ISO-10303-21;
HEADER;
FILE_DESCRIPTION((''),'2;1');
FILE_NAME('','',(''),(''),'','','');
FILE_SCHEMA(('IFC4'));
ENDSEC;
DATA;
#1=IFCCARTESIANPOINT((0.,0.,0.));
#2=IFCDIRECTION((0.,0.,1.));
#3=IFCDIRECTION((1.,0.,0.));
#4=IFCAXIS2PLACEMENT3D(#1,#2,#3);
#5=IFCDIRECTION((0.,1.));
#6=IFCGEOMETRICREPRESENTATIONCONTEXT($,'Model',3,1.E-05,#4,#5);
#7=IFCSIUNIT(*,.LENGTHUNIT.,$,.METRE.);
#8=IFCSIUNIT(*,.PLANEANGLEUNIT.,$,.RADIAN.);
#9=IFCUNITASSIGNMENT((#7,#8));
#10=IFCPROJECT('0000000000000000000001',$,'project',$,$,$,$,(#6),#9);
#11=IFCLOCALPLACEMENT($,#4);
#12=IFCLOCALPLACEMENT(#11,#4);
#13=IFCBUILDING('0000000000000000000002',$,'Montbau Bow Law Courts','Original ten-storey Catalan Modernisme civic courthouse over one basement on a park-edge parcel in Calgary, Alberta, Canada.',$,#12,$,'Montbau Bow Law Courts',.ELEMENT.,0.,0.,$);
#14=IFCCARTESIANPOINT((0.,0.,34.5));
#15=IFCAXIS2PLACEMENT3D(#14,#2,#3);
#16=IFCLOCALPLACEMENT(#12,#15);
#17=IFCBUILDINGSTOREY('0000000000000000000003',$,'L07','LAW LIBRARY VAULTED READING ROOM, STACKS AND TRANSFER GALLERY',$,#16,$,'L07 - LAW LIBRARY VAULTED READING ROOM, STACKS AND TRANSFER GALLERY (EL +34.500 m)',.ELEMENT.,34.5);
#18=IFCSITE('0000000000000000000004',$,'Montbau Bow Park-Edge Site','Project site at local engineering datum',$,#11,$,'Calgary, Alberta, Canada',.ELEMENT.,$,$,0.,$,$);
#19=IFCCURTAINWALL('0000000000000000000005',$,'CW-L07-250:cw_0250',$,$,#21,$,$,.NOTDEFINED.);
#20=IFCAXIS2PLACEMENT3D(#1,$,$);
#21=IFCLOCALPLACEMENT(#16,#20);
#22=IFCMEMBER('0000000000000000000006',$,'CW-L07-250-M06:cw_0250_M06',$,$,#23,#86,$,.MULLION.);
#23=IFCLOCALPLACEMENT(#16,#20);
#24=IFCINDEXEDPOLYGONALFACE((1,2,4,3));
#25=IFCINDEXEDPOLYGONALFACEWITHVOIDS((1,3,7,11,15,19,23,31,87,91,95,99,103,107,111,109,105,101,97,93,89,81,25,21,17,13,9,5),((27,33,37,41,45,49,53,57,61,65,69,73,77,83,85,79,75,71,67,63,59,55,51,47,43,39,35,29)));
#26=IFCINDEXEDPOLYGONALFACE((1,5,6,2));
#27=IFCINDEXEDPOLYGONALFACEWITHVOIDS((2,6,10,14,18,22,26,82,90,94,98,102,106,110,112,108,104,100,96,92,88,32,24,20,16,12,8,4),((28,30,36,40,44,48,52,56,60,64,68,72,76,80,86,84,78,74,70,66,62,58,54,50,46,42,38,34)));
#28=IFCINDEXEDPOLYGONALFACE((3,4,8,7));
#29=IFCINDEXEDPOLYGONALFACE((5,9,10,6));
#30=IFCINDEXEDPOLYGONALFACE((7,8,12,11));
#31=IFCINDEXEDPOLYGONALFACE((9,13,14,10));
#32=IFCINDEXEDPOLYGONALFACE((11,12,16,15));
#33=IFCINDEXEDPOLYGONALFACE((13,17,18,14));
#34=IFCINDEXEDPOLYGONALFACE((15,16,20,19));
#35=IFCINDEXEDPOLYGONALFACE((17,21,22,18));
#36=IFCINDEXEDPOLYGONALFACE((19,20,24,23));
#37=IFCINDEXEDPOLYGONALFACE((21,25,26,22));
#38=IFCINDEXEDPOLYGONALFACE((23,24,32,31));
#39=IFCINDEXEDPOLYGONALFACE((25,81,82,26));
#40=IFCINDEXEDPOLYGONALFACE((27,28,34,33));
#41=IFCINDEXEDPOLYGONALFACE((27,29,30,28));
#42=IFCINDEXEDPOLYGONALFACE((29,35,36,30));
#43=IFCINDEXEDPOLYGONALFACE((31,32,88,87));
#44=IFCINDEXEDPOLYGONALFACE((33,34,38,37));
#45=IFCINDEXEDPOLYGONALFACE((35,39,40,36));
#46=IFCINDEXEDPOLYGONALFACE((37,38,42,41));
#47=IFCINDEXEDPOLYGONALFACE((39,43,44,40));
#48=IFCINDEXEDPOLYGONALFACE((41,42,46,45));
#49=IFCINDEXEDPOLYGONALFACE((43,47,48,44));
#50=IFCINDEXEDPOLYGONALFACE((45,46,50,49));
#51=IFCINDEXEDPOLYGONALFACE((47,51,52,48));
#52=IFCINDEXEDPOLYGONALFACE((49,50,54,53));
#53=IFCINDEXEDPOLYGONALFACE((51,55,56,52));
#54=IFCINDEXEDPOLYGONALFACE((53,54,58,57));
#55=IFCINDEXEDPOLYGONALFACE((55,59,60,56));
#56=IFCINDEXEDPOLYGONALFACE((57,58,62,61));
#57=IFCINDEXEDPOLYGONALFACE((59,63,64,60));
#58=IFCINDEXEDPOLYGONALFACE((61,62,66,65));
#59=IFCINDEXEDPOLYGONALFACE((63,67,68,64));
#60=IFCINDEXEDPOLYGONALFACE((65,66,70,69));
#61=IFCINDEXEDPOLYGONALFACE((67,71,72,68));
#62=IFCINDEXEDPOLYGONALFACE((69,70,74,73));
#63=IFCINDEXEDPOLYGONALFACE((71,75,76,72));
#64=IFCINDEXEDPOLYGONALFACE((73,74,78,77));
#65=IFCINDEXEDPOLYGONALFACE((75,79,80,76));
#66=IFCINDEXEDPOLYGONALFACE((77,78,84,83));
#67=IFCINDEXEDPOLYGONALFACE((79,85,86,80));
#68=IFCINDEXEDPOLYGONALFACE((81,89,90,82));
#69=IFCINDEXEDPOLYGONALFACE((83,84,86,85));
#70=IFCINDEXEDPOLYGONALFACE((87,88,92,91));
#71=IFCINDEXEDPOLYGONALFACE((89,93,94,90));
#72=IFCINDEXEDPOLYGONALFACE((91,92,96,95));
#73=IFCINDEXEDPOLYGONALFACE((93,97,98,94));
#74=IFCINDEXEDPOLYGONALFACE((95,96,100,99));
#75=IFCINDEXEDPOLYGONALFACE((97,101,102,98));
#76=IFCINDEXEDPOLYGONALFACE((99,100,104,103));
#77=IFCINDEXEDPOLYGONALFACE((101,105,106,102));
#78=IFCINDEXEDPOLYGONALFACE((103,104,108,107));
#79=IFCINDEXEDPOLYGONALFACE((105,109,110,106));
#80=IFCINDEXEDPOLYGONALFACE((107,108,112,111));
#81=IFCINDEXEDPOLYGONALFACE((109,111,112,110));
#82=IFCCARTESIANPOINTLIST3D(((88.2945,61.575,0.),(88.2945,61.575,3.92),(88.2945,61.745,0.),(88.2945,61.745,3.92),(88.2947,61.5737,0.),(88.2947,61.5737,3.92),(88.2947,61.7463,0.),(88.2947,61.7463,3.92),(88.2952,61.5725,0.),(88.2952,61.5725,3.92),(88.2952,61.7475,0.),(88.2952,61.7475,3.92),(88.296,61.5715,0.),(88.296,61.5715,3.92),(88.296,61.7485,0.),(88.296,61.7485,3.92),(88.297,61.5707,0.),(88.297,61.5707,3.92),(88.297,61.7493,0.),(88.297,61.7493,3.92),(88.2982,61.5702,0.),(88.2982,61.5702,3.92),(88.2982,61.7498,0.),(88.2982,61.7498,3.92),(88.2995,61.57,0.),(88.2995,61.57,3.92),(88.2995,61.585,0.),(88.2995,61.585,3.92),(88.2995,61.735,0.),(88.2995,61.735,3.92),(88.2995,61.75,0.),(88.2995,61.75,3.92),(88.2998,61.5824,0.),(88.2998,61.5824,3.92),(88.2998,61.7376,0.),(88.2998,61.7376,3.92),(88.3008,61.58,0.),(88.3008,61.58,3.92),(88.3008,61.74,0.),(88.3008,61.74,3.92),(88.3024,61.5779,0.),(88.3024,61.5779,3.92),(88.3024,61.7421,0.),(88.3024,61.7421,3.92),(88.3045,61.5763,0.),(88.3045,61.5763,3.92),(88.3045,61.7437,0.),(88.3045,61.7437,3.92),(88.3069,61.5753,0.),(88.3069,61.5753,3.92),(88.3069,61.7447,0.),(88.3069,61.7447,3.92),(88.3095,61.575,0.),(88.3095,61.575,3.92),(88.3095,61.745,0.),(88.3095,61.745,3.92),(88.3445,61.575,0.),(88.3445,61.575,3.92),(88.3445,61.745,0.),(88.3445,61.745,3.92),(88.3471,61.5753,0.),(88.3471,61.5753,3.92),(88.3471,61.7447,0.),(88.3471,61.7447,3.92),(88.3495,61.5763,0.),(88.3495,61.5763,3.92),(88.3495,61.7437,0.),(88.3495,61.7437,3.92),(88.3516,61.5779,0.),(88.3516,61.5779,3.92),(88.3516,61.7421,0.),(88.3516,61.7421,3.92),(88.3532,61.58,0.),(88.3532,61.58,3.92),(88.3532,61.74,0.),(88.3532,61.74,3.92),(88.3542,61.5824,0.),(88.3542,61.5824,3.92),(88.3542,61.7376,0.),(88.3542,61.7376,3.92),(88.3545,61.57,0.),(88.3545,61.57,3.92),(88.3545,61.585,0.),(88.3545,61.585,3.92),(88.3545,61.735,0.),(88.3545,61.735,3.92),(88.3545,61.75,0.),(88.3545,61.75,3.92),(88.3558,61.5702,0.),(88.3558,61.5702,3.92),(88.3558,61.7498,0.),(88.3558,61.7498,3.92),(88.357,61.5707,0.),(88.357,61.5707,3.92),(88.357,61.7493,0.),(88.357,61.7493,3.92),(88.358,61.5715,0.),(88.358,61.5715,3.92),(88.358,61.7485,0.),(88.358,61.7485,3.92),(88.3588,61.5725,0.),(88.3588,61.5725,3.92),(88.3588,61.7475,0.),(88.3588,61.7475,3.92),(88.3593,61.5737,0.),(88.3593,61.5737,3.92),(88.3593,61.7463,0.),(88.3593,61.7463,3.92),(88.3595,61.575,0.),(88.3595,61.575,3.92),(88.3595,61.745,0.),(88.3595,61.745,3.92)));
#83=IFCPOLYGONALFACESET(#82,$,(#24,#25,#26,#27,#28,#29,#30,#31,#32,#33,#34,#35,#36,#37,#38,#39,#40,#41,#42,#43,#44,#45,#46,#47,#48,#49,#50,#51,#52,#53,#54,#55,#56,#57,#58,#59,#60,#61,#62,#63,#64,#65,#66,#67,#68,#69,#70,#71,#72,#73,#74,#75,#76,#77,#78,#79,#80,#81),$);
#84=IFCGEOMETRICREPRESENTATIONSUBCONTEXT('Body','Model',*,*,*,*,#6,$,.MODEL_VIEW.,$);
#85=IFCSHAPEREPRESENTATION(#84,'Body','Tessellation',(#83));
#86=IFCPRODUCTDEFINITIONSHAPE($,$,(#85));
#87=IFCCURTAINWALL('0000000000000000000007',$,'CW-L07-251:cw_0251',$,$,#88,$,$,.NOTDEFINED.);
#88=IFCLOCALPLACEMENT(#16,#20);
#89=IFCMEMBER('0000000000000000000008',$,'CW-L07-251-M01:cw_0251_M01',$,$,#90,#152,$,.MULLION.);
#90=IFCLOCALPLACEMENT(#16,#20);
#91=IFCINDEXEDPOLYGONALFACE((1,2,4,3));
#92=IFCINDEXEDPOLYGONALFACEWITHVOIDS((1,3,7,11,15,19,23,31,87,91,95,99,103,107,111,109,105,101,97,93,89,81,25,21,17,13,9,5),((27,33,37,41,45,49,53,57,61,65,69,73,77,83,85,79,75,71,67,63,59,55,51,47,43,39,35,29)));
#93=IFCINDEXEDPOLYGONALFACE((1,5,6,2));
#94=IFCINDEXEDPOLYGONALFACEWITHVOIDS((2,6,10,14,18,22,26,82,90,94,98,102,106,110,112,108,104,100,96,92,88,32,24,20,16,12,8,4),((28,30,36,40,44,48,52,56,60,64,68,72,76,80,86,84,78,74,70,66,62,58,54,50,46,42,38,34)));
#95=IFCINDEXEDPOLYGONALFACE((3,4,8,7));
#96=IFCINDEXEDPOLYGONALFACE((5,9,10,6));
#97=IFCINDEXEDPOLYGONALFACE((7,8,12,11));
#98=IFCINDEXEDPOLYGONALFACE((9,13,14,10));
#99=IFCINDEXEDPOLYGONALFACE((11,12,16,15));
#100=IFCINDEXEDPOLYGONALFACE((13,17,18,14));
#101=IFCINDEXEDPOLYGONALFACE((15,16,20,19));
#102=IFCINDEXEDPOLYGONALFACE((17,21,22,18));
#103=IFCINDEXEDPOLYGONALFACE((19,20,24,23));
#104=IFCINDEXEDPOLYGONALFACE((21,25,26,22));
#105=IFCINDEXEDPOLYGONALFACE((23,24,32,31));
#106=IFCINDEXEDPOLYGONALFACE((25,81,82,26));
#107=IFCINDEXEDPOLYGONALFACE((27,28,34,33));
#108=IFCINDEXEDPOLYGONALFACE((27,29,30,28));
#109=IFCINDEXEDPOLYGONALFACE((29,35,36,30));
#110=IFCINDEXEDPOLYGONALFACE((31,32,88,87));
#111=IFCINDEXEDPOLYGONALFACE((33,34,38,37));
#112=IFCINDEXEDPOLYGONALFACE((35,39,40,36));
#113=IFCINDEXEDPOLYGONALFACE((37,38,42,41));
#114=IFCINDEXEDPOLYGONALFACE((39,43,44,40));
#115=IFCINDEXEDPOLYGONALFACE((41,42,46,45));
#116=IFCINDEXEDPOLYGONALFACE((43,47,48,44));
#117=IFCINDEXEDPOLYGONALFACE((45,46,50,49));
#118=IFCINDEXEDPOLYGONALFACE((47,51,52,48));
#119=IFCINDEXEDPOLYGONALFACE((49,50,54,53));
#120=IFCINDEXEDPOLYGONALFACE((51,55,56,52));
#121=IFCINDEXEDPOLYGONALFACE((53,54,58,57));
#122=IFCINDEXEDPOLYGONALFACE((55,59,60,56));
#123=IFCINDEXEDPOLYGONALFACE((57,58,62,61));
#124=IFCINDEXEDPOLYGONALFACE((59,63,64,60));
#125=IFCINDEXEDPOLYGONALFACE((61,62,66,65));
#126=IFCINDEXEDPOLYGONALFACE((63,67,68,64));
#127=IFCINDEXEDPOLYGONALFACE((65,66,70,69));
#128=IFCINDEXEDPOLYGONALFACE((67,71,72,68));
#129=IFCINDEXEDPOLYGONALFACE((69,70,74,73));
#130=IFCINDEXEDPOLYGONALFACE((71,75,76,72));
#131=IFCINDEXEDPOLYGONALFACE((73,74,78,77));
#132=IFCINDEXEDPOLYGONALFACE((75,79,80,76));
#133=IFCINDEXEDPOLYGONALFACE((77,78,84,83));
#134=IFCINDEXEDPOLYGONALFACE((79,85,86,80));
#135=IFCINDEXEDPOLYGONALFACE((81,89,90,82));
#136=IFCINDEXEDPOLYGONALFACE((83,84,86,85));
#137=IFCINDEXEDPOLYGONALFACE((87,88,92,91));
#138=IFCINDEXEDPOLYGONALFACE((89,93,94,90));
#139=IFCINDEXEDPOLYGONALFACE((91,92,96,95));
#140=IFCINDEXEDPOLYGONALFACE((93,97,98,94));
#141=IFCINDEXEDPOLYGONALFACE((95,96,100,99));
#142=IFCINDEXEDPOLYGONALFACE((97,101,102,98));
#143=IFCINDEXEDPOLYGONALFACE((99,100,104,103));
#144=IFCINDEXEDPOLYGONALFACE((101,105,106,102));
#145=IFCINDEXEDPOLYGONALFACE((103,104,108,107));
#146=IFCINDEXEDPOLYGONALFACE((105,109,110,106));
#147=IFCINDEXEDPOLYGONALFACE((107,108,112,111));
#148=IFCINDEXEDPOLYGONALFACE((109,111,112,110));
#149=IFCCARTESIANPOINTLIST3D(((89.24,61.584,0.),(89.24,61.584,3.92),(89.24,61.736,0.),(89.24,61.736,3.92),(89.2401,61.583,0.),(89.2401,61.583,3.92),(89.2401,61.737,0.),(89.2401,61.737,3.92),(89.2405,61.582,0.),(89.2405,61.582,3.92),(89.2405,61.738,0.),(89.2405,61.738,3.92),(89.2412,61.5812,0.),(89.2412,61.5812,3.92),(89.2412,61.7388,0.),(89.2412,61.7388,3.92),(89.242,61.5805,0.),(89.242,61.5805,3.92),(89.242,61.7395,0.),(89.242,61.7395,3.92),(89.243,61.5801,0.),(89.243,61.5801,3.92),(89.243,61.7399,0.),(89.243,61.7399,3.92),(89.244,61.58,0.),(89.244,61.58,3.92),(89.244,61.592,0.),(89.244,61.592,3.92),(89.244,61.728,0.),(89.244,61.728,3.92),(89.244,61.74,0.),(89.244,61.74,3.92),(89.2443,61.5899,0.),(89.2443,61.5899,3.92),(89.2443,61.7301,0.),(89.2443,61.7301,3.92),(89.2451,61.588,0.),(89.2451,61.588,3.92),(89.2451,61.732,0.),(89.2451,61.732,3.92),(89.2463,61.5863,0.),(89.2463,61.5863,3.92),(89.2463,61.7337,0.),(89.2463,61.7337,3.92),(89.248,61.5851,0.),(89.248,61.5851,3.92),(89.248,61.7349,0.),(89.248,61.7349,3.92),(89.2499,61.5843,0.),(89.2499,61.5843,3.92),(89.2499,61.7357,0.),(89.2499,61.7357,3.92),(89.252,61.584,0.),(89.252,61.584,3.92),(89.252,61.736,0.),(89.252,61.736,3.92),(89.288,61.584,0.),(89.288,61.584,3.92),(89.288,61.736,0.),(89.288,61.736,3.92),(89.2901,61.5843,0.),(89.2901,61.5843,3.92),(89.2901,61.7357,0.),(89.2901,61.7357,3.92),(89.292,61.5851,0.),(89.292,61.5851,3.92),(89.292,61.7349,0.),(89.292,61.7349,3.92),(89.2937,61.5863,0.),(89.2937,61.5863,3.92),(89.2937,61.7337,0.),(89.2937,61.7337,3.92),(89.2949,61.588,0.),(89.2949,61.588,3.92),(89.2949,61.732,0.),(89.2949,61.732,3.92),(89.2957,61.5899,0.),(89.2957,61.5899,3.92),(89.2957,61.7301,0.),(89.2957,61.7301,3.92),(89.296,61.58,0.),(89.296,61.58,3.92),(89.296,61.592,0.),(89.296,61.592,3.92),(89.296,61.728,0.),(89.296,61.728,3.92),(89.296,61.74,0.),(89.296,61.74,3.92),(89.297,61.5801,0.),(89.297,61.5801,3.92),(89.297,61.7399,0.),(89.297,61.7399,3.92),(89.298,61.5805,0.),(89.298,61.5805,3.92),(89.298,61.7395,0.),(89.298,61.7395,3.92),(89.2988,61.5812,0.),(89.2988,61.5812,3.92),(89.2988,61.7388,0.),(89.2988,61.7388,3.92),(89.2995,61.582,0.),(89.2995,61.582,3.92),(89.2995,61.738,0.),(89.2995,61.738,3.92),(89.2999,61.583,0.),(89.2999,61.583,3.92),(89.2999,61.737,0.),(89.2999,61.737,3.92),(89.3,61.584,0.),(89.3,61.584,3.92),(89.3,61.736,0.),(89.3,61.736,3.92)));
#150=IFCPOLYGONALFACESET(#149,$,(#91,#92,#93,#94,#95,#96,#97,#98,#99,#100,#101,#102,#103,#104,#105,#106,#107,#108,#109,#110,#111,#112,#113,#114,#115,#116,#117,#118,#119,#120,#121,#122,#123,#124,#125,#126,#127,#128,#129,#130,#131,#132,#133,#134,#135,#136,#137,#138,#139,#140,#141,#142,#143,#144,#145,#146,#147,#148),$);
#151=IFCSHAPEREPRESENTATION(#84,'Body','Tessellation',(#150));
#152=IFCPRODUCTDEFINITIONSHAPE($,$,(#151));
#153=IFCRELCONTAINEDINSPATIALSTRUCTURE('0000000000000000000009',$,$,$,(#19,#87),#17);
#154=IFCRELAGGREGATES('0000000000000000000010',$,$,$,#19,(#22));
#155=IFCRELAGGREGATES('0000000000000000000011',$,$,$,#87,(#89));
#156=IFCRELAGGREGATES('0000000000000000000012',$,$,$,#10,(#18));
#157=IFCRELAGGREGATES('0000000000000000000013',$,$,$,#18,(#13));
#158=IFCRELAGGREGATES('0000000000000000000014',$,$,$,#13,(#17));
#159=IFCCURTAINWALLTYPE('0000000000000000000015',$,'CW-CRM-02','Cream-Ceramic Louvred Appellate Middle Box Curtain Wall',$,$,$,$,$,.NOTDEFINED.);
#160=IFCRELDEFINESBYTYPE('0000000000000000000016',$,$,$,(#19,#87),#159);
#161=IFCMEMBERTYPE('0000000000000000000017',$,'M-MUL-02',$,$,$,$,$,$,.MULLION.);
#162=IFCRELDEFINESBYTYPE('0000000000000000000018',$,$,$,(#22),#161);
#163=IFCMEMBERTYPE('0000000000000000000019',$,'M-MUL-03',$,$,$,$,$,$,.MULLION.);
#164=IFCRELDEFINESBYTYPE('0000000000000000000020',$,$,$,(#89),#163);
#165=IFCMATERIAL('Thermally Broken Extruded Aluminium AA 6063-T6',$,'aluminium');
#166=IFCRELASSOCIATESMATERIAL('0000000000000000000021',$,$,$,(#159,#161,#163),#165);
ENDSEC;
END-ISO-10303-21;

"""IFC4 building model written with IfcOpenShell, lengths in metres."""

from ifc_helpers import new_model, si_unit, direction, frame, origin_with_axes, origin_2d_with_axis, place, context, subcontext, project, spatial, hollow_rectangle, extrude, material, material_profile, profile_set, type_object, element, aggregate, save


model = new_model("IFC4")

# Units and contexts
model_context = context("Model", 3, precision=1e-05, world=origin_with_axes(), true_north=direction((0.0, 1.0)))
body_context = subcontext(model_context, "Body", "Model", "MODEL_VIEW")
ifc_project = project(units=[si_unit("LENGTHUNIT", "METRE"), si_unit("PLANEANGLEUNIT", "RADIAN")], contexts=[model_context])

# Site, building, storey
site_placement = place(None, origin_with_axes())
site = spatial("IfcSite", under=ifc_project, at=site_placement, Name="Montbau Bow Park-Edge Site", Description="Project site at local engineering datum", LongName="Calgary, Alberta, Canada", CompositionType="ELEMENT", RefElevation=0.0)
building_placement = place(site_placement, origin_with_axes())
building = spatial("IfcBuilding", under=site, at=building_placement, Name="Montbau Bow Law Courts", Description="Original ten-storey Catalan Modernisme civic courthouse over one basement on a park-edge parcel in Calgary, Alberta, Canada.", LongName="Montbau Bow Law Courts", CompositionType="ELEMENT", ElevationOfRefHeight=0.0, ElevationOfTerrain=0.0)
storey_placement = place(building_placement, frame((0.0, 0.0, 34.5), z_axis=(0.0, 0.0, 1.0), x_axis=(1.0, 0.0, 0.0)))
storey = spatial("IfcBuildingStorey", under=building, at=storey_placement, Name="L07", Description="LAW LIBRARY VAULTED READING ROOM, STACKS AND TRANSFER GALLERY", LongName="L07 - LAW LIBRARY VAULTED READING ROOM, STACKS AND TRANSFER GALLERY (EL +34.500 m)", CompositionType="ELEMENT", Elevation=34.5)

# Curtain walls, members
ifc_material_1 = material(Name="Thermally Broken Extruded Aluminium AA 6063-T6", Category="aluminium")
curtain_wall_type = type_object("IfcCurtainWallType", Name="CW-CRM-02", Description="Cream-Ceramic Louvred Appellate Middle Box Curtain Wall", PredefinedType="NOTDEFINED", material=ifc_material_1)
curtain_wall_1_placement = place(None, frame((80.84, 61.66, 34.5), z_axis=(0.0, 0.0, 1.0), x_axis=(1.0, 0.0, 0.0)))
curtain_wall_1 = element("IfcCurtainWall", 1, at=curtain_wall_1_placement, inside=storey, type_object=curtain_wall_type, Name="CW-L07-250:cw_0250", PredefinedType="NOTDEFINED")
ifc_material_profile_1 = material_profile(ifc_material_1, hollow_rectangle(XDim=0.065, YDim=0.18, WallThickness=0.005, InnerFilletRadius=0.01, OuterFilletRadius=0.005, at=origin_2d_with_axis()), Name="CWM-180X65", Category="Main", Priority=0)
ifc_profile_set_1 = profile_set([ifc_material_profile_1], Name="Thermally Broken Extruded Aluminium AA 6063-T6")
member_type_1 = type_object("IfcMemberType", Name="M-MUL-02", PredefinedType="MULLION", material=ifc_profile_set_1)
member_1_placement = place(None, frame((88.327, 61.66, 34.5), z_axis=(0.0, 0.0, 1.0), x_axis=(1.0, 0.0, 0.0)))
member_1 = element("IfcMember", 2, at=member_1_placement, type_object=member_type_1, Name="CW-L07-250-M06:cw_0250_M06", PredefinedType="MULLION", context=body_context, shape_type="SweptSolid", body=[
    extrude(hollow_rectangle(XDim=0.065, YDim=0.18, WallThickness=0.005, InnerFilletRadius=0.01, OuterFilletRadius=0.005, at=origin_2d_with_axis()), origin_with_axes(), (0.0, 0.0, 1.0), 3.92),
])
curtain_wall_2_placement = place(None, frame((89.24, 61.66, 34.5), z_axis=(0.0, 0.0, 1.0), x_axis=(1.0, 0.0, 0.0)))
curtain_wall_2 = element("IfcCurtainWall", 3, at=curtain_wall_2_placement, inside=storey, type_object=curtain_wall_type, Name="CW-L07-251:cw_0251", PredefinedType="NOTDEFINED")
ifc_material_profile_2 = material_profile(ifc_material_1, hollow_rectangle(XDim=0.06, YDim=0.16, WallThickness=0.004, InnerFilletRadius=0.008, OuterFilletRadius=0.004, at=origin_2d_with_axis()), Name="CWM-160X60", Category="Main", Priority=0)
ifc_profile_set_2 = profile_set([ifc_material_profile_2], Name="Thermally Broken Extruded Aluminium AA 6063-T6")
member_type_2 = type_object("IfcMemberType", Name="M-MUL-03", PredefinedType="MULLION", material=ifc_profile_set_2)
member_2_placement = place(None, frame((89.27, 61.66, 34.5), z_axis=(0.0, 0.0, 1.0), x_axis=(1.0, 0.0, 0.0)))
member_2 = element("IfcMember", 4, at=member_2_placement, type_object=member_type_2, Name="CW-L07-251-M01:cw_0251_M01", PredefinedType="MULLION", context=body_context, shape_type="SweptSolid", body=[
    extrude(hollow_rectangle(XDim=0.06, YDim=0.16, WallThickness=0.004, InnerFilletRadius=0.008, OuterFilletRadius=0.004, at=origin_2d_with_axis()), origin_with_axes(), (0.0, 0.0, 1.0), 3.92),
])

aggregate(curtain_wall_1, [member_1])
aggregate(curtain_wall_2, [member_2])

save(model, "model.ifc")
